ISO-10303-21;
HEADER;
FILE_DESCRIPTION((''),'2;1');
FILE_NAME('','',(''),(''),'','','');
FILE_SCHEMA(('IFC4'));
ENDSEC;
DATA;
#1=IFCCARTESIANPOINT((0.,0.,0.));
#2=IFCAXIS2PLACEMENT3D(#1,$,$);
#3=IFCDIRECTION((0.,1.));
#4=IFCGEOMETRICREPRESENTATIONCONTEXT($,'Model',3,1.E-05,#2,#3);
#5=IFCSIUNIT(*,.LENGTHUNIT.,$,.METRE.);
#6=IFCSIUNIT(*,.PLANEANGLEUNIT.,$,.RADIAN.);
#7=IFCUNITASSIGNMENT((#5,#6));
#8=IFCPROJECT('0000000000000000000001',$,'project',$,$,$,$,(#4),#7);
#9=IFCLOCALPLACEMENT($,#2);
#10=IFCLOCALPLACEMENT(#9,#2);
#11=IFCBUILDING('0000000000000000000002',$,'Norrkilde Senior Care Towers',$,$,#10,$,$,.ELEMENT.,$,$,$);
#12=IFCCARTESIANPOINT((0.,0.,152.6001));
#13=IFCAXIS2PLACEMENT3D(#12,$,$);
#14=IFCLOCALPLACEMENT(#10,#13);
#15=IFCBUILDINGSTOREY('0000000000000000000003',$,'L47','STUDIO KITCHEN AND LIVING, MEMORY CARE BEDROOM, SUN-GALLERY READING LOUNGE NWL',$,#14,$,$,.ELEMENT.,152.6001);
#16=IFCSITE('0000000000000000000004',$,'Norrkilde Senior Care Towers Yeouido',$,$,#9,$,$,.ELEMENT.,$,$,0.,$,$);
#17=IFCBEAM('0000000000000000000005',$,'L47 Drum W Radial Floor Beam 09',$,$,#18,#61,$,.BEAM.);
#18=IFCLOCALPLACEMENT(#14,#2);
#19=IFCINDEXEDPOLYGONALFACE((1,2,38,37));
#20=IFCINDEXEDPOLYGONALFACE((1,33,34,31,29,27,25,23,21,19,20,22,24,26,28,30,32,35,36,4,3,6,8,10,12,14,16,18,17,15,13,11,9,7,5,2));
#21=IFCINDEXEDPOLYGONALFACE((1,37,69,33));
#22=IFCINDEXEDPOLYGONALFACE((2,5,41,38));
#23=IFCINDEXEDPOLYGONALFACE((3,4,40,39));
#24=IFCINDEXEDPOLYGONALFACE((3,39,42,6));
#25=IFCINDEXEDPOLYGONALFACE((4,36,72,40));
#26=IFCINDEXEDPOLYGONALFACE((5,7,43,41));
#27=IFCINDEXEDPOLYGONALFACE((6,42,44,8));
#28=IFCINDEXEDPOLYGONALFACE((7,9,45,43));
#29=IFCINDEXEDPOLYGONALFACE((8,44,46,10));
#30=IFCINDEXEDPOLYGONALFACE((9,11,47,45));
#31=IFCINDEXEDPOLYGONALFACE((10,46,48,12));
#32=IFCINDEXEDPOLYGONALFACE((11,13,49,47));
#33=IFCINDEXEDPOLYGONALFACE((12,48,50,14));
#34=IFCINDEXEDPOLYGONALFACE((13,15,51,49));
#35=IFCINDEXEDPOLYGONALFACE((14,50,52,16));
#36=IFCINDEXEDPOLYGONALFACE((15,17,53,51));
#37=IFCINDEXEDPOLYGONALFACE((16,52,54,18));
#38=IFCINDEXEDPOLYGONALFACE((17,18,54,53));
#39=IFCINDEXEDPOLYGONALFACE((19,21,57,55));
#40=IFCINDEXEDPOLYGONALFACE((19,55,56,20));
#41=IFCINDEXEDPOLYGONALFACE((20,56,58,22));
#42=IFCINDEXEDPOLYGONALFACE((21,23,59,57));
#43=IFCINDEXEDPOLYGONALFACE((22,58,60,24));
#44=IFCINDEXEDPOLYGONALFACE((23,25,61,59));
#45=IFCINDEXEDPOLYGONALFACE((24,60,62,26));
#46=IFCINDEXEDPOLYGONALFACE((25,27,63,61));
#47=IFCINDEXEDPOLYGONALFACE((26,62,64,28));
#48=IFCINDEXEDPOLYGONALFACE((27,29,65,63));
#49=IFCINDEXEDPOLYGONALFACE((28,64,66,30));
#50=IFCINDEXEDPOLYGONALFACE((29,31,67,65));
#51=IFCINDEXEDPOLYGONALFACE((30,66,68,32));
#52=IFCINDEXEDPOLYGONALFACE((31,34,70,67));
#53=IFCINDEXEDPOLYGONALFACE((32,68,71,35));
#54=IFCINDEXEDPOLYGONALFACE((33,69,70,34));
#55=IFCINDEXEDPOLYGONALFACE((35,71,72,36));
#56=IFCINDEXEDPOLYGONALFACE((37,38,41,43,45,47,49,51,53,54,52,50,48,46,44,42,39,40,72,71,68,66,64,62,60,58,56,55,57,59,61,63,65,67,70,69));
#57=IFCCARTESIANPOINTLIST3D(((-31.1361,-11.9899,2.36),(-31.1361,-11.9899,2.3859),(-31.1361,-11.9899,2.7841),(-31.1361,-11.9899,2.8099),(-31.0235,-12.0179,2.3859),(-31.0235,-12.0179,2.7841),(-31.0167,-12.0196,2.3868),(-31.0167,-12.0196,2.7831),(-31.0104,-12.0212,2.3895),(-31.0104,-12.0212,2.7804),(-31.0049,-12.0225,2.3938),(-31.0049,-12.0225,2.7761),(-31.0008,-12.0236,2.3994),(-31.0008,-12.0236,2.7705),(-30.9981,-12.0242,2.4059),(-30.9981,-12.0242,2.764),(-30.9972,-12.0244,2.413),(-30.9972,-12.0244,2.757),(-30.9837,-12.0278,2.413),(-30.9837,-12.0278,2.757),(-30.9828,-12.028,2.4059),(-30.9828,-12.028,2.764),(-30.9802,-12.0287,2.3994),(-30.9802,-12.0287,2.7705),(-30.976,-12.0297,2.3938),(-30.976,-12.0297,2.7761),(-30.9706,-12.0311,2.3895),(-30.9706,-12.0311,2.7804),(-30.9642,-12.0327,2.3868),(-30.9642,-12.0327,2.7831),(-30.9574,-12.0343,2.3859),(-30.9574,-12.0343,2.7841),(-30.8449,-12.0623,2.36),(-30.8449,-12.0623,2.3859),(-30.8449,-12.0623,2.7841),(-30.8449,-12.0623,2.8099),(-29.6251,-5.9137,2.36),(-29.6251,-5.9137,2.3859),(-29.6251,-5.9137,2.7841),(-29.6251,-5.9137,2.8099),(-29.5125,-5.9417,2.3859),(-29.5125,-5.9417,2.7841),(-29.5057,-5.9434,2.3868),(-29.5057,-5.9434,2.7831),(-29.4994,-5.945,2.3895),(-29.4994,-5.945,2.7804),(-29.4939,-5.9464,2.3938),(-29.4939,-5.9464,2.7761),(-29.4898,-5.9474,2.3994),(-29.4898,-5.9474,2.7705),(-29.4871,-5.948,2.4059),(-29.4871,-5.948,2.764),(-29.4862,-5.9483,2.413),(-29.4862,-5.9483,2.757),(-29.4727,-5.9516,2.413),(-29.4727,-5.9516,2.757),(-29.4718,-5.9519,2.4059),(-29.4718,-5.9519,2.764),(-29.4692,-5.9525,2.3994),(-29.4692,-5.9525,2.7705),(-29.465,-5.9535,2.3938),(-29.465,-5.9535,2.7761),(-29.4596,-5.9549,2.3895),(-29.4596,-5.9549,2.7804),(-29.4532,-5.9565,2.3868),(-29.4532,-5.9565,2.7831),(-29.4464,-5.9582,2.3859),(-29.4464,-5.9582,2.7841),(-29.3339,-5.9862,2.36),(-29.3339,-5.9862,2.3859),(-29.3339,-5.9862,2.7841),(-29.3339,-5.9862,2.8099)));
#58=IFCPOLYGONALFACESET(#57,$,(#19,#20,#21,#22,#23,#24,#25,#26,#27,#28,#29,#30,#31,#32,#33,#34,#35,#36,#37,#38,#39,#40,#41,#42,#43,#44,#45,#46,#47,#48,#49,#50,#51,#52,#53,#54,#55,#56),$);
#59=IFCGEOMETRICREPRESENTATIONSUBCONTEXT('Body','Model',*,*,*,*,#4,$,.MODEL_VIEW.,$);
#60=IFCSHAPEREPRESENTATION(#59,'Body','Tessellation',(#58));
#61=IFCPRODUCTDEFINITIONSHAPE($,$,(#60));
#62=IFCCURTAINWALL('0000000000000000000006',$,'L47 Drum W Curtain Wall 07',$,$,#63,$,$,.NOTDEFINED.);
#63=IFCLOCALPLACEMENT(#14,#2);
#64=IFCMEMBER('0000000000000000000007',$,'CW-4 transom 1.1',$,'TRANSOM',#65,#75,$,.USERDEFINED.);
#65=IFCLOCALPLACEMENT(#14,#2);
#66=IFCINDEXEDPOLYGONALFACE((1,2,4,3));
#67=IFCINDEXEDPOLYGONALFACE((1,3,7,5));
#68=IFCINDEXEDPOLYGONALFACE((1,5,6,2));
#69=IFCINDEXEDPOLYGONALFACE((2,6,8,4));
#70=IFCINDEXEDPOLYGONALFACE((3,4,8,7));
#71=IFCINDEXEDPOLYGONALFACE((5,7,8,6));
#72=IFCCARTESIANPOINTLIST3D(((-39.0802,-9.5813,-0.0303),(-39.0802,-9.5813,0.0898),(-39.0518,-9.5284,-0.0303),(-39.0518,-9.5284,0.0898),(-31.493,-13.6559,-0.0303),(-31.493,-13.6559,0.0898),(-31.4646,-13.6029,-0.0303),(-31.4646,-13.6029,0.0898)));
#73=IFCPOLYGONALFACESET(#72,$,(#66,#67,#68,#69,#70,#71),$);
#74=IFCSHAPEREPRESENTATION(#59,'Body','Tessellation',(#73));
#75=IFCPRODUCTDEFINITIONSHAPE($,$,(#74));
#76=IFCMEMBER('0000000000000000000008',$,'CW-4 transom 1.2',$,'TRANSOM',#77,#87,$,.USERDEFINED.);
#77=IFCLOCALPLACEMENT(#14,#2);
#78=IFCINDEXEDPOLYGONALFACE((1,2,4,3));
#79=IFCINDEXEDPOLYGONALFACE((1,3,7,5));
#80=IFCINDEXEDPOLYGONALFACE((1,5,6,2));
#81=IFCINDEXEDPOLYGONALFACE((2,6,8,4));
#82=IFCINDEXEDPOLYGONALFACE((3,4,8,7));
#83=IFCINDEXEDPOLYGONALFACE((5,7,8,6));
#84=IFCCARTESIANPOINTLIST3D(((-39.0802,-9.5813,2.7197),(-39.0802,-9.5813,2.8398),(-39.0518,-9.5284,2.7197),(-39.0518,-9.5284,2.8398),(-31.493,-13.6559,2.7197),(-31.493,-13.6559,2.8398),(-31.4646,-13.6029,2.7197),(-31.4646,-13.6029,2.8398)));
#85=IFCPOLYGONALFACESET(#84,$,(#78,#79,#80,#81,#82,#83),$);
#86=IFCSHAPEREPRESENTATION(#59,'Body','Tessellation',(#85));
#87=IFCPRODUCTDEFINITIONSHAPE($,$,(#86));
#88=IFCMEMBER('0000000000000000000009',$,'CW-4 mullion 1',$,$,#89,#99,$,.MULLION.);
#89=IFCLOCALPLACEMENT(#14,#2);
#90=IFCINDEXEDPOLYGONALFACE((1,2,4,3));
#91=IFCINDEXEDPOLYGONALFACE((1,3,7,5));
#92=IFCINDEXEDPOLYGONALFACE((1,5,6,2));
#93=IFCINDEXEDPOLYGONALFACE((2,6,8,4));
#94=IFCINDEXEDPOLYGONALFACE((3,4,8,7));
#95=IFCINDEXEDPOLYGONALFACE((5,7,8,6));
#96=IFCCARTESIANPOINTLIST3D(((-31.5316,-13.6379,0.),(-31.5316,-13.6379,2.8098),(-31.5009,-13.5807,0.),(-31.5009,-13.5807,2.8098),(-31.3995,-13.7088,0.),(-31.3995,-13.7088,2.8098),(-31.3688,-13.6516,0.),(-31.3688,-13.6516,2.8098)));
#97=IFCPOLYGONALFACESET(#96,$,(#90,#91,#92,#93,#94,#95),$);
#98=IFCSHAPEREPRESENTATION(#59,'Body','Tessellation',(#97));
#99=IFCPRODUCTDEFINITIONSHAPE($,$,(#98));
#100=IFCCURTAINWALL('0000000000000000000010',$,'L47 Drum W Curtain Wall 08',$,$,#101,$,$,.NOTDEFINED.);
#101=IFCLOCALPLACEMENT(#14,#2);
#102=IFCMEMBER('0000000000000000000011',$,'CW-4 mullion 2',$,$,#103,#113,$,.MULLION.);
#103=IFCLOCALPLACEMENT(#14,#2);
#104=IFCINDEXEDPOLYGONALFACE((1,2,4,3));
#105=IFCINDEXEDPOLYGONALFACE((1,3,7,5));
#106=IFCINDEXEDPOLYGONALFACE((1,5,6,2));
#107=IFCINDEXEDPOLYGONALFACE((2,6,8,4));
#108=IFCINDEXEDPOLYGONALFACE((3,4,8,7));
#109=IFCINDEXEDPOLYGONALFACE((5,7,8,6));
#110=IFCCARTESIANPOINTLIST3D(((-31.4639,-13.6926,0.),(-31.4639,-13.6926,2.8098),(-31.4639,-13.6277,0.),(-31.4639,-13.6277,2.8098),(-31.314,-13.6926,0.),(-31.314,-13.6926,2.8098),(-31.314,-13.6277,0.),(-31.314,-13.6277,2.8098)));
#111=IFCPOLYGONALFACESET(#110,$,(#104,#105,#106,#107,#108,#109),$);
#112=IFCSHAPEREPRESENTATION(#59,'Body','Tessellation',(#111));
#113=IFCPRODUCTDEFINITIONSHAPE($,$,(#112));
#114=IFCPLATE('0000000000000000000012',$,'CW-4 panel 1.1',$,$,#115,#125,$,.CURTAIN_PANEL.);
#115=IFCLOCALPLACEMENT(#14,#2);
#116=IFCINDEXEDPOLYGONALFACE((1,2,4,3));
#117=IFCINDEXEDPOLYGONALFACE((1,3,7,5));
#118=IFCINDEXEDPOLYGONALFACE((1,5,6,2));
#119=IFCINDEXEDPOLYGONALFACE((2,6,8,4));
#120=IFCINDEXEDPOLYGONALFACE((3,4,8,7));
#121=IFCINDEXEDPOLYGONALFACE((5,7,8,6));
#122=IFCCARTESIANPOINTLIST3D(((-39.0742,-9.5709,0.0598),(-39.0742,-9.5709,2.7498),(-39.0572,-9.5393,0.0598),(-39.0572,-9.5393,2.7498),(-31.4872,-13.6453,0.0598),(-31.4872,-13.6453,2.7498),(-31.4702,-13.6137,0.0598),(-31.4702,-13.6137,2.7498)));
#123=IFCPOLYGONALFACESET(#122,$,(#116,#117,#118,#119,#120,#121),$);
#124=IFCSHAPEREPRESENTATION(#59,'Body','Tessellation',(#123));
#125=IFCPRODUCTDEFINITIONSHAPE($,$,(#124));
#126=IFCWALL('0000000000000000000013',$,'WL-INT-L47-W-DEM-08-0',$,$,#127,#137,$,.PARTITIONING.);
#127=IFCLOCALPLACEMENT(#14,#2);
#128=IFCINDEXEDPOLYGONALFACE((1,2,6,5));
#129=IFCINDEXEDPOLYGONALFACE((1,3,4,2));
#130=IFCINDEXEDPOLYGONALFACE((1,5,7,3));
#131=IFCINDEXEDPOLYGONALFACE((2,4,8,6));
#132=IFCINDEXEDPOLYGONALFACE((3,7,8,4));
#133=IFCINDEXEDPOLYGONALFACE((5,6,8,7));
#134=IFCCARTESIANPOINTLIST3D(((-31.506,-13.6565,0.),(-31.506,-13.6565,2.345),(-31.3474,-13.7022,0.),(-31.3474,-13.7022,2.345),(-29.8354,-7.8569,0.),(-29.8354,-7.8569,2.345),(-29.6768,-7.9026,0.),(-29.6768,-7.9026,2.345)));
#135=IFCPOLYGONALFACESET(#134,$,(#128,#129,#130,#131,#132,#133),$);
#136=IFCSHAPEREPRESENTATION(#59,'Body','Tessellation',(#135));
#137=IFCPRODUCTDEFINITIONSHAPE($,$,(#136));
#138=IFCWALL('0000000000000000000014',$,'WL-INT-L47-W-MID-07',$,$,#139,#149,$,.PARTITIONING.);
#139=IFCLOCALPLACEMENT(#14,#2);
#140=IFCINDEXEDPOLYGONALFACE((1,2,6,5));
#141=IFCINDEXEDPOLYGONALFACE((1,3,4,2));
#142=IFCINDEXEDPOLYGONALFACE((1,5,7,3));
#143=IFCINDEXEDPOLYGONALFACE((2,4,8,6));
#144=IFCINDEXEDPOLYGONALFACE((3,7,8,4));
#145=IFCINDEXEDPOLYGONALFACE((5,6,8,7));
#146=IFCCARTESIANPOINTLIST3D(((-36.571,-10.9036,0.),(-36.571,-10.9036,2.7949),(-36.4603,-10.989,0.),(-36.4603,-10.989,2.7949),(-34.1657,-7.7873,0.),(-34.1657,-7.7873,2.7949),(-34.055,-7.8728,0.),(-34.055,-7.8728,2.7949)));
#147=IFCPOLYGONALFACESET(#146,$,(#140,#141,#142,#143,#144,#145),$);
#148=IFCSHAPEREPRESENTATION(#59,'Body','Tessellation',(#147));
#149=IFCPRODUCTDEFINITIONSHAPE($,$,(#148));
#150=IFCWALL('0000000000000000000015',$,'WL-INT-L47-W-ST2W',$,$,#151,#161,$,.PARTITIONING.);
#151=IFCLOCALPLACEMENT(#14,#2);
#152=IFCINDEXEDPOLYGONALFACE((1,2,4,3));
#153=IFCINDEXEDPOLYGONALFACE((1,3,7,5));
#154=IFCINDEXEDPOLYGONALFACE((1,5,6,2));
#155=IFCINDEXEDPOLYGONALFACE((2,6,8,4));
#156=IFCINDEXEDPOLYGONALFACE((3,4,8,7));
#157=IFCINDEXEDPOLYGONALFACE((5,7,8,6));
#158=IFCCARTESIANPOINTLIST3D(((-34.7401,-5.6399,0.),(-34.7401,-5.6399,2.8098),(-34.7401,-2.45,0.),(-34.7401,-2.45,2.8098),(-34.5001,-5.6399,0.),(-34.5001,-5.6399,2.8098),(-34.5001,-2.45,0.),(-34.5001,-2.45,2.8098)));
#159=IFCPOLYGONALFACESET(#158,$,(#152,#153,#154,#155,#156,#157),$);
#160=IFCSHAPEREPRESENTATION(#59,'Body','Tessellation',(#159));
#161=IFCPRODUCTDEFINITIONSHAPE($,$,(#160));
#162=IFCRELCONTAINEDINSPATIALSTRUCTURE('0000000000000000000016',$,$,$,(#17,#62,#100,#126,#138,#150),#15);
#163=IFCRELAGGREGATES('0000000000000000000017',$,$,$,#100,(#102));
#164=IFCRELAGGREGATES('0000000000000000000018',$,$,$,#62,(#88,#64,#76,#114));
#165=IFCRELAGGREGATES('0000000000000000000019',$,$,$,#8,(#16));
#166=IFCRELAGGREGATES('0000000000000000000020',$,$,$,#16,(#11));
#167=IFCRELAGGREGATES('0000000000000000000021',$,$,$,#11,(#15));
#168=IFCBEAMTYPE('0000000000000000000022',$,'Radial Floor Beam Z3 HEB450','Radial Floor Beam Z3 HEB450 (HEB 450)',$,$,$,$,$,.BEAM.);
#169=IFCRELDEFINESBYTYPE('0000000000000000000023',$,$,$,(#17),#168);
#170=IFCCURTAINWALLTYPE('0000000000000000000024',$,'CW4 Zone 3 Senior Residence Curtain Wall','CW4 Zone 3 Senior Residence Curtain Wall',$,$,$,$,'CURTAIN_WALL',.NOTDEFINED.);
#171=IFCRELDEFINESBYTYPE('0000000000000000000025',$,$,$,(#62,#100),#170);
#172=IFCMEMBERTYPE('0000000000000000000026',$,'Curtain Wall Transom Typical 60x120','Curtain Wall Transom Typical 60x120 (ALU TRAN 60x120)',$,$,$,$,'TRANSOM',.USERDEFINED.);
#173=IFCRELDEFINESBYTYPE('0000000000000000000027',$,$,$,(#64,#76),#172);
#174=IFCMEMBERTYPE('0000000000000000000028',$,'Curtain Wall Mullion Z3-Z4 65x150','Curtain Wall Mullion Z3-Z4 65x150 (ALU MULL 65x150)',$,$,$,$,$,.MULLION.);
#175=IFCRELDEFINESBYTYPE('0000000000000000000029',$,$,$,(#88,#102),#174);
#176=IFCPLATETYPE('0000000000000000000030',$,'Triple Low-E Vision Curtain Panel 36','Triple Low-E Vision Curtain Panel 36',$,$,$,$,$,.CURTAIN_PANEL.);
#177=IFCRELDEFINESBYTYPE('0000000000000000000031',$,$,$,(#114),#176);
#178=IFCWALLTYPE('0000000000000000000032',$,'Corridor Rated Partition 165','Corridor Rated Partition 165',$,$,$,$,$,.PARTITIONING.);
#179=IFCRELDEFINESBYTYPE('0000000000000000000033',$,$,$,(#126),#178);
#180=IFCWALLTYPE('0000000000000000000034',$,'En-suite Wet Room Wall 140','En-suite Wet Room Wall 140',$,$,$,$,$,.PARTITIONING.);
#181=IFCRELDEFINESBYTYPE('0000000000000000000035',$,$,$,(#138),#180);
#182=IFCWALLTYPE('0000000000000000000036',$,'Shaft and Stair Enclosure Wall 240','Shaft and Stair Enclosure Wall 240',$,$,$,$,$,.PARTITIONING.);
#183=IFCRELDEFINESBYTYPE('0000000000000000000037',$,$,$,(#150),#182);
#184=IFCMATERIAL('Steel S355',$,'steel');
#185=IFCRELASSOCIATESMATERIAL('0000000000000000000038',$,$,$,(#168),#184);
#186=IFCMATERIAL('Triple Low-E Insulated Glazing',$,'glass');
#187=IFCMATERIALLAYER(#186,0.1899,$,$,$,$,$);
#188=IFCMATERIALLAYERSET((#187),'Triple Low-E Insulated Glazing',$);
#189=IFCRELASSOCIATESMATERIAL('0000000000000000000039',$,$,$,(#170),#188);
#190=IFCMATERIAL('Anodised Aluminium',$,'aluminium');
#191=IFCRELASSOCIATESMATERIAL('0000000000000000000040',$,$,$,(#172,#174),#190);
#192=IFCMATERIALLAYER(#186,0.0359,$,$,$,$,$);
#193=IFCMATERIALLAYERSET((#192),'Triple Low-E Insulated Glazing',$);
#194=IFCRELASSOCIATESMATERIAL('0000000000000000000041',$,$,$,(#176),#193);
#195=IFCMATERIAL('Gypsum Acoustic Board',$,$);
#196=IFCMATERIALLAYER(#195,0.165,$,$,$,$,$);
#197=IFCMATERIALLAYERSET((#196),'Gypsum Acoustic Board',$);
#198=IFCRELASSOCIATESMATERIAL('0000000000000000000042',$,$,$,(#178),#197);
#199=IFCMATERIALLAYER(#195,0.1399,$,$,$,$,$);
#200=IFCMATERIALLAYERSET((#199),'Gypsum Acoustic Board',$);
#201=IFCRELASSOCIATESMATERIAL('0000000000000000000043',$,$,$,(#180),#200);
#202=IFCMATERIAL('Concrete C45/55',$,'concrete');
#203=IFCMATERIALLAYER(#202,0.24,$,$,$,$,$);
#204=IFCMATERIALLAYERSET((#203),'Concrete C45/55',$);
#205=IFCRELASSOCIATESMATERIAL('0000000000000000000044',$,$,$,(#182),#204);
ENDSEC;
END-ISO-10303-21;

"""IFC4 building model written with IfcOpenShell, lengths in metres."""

from ifc_helpers import new_model, si_unit, direction, frame, frame_2d, origin, origin_2d, place, context, subcontext, project, spatial, rectangle, i_section, extrude, source, transform, mapped, material, layer, layer_set, material_profile, profile_set, type_object, type_shapes, element, aggregate, save


model = new_model("IFC4")

# Units and contexts
model_context = context("Model", 3, precision=1e-05, world=origin(), true_north=direction((0.0, 1.0)))
body_context = subcontext(model_context, "Body", "Model", "MODEL_VIEW")
ifc_project = project(units=[si_unit("LENGTHUNIT", "METRE"), si_unit("PLANEANGLEUNIT", "RADIAN")], contexts=[model_context])

# Site, building, storey
site_placement = place(None, origin())
site = spatial("IfcSite", under=ifc_project, at=site_placement, Name="Norrkilde Senior Care Towers Yeouido", CompositionType="ELEMENT", RefElevation=0.0)
building_placement = place(site_placement, origin())
building = spatial("IfcBuilding", under=site, at=building_placement, Name="Norrkilde Senior Care Towers", CompositionType="ELEMENT")
storey_placement = place(building_placement, frame((0.0, 0.0, 152.6001)))
storey = spatial("IfcBuildingStorey", under=building, at=storey_placement, Name="L47", Description="STUDIO KITCHEN AND LIVING, MEMORY CARE BEDROOM, SUN-GALLERY READING LOUNGE NWL", CompositionType="ELEMENT", Elevation=152.6001)

# Beam
ifc_material_1 = material(Name="Steel S355", Category="steel")
ifc_material_profile_1 = material_profile(ifc_material_1, i_section(OverallWidth=0.3, OverallDepth=0.45, WebThickness=0.0139, FlangeThickness=0.0259, FilletRadius=0.0271, at=origin_2d()), Name="HEB 450")
ifc_profile_set_1 = profile_set([ifc_material_profile_1], Name="Steel S355")
beam_type_1 = type_object("IfcBeamType", Name="Radial Floor Beam Z3 HEB450", Description="Radial Floor Beam Z3 HEB450 (HEB 450)", PredefinedType="BEAM", material=ifc_profile_set_1)
shared_shape_1 = source(origin(), body_context, "Body", "SweptSolid", [
    extrude(i_section(OverallWidth=0.3, OverallDepth=0.45, WebThickness=0.0139, FlangeThickness=0.0259, FilletRadius=0.0271, at=origin_2d()), origin(), (0.0, 0.0, 1.0), 6.2612),
])
beam_1_placement = place(storey_placement, frame((-29.4795, -5.95, 2.585), z_axis=(-0.241324, -0.970445, 0.0), x_axis=(0.970445, -0.241324, 0.0)))
element("IfcBeam", 1, at=beam_1_placement, inside=storey, type_object=beam_type_1, Name="L47 Drum W Radial Floor Beam 09", PredefinedType="BEAM", context=body_context, shape_type="MappedRepresentation", body=[
    mapped(shared_shape_1, transform((0.0, 0.0, 0.0), x_axis=(1.0, 0.0, 0.0), y_axis=(0.0, 1.0, 0.0), z_axis=(0.0, 0.0, 1.0), scale=1.0)),
])

# Curtain wall, members
ifc_material_2 = material(Name="Triple Low-E Insulated Glazing", Category="glass")
ifc_layer_1 = layer(ifc_material_2, 0.1899)
ifc_layer_set_1 = layer_set([ifc_layer_1], Name="Triple Low-E Insulated Glazing")
curtain_wall_type = type_object("IfcCurtainWallType", Name="CW4 Zone 3 Senior Residence Curtain Wall", Description="CW4 Zone 3 Senior Residence Curtain Wall", ElementType="CURTAIN_WALL", PredefinedType="NOTDEFINED", material=ifc_layer_set_1)
curtain_wall_1_placement = place(storey_placement, origin())
curtain_wall_1 = element("IfcCurtainWall", 2, at=curtain_wall_1_placement, inside=storey, type_object=curtain_wall_type, Name="L47 Drum W Curtain Wall 07", PredefinedType="NOTDEFINED")
ifc_material_3 = material(Name="Anodised Aluminium", Category="aluminium")
ifc_material_profile_2 = material_profile(ifc_material_3, rectangle(XDim=0.0601, YDim=0.1201, at=origin_2d()), Name="ALU TRAN 60x120")
ifc_profile_set_2 = profile_set([ifc_material_profile_2], Name="Anodised Aluminium")
member_type_1 = type_object("IfcMemberType", Name="Curtain Wall Transom Typical 60x120", Description="Curtain Wall Transom Typical 60x120 (ALU TRAN 60x120)", ElementType="TRANSOM", PredefinedType="USERDEFINED", material=ifc_profile_set_2)
shared_shape_2 = source(origin(), body_context, "Body", "SweptSolid", [
    extrude(rectangle(XDim=0.0601, YDim=0.1201, at=origin_2d()), origin(), (0.0, 0.0, 1.0), 8.6121),
])
type_shapes(member_type_1, [shared_shape_2])
member_1_placement = place(storey_placement, frame((-31.4788, -13.6294, 0.0298), z_axis=(-0.881, 0.473116, 0.0), x_axis=(-0.473116, -0.881, 0.0)))
member_1 = element("IfcMember", 3, at=member_1_placement, type_object=member_type_1, Name="CW-4 transom 1.1", ObjectType="TRANSOM", PredefinedType="USERDEFINED", context=body_context, shape_type="MappedRepresentation", body=[
    mapped(shared_shape_2, transform((0.0, 0.0, 0.0), x_axis=(1.0, 0.0, 0.0), y_axis=(0.0, 1.0, 0.0), z_axis=(0.0, 0.0, 1.0), scale=1.0)),
])
member_2_placement = place(storey_placement, frame((-31.4788, -13.6294, 2.7798), z_axis=(-0.881, 0.473116, 0.0), x_axis=(-0.473116, -0.881, 0.0)))
member_2 = element("IfcMember", 4, at=member_2_placement, type_object=member_type_1, Name="CW-4 transom 1.2", ObjectType="TRANSOM", PredefinedType="USERDEFINED", context=body_context, shape_type="MappedRepresentation", body=[
    mapped(shared_shape_2, transform((0.0, 0.0, 0.0), x_axis=(1.0, 0.0, 0.0), y_axis=(0.0, 1.0, 0.0), z_axis=(0.0, 0.0, 1.0), scale=1.0)),
])
ifc_material_profile_3 = material_profile(ifc_material_3, rectangle(XDim=0.0649, YDim=0.1499, at=origin_2d()), Name="ALU MULL 65x150")
ifc_profile_set_3 = profile_set([ifc_material_profile_3], Name="Anodised Aluminium")
member_type_2 = type_object("IfcMemberType", Name="Curtain Wall Mullion Z3-Z4 65x150", Description="Curtain Wall Mullion Z3-Z4 65x150 (ALU MULL 65x150)", PredefinedType="MULLION", material=ifc_profile_set_3)
shared_shape_3 = source(origin(), body_context, "Body", "SweptSolid", [
    extrude(rectangle(XDim=0.0649, YDim=0.1499, at=origin_2d()), origin(), (0.0, 0.0, 1.0), 2.8098),
])
type_shapes(member_type_2, [shared_shape_3])
member_3_placement = place(storey_placement, frame((-31.4502, -13.6448, 0.0), z_axis=(0.0, 0.0, 1.0), x_axis=(-0.473117, -0.881, 0.0)))
member_3 = element("IfcMember", 5, at=member_3_placement, type_object=member_type_2, Name="CW-4 mullion 1", PredefinedType="MULLION", context=body_context, shape_type="MappedRepresentation", body=[
    mapped(shared_shape_3, transform((0.0, 0.0, 0.0), x_axis=(1.0, 0.0, 0.0), y_axis=(0.0, 1.0, 0.0), z_axis=(0.0, 0.0, 1.0), scale=1.0)),
])

# Curtain wall, member
curtain_wall_2_placement = place(storey_placement, origin())
curtain_wall_2 = element("IfcCurtainWall", 6, at=curtain_wall_2_placement, inside=storey, type_object=curtain_wall_type, Name="L47 Drum W Curtain Wall 08", PredefinedType="NOTDEFINED")
member_4_placement = place(storey_placement, frame((-31.3889, -13.6602, 0.0), z_axis=(0.0, 0.0, 1.0), x_axis=(0.0, -1.0, 0.0)))
member_4 = element("IfcMember", 7, at=member_4_placement, type_object=member_type_2, Name="CW-4 mullion 2", PredefinedType="MULLION", context=body_context, shape_type="MappedRepresentation", body=[
    mapped(shared_shape_3, transform((0.0, 0.0, 0.0), x_axis=(1.0, 0.0, 0.0), y_axis=(0.0, 1.0, 0.0), z_axis=(0.0, 0.0, 1.0), scale=1.0)),
])
aggregate(curtain_wall_2, [member_4])

# Plate
ifc_layer_2 = layer(ifc_material_2, 0.0359)
ifc_layer_set_2 = layer_set([ifc_layer_2], Name="Triple Low-E Insulated Glazing")
plate_type = type_object("IfcPlateType", Name="Triple Low-E Vision Curtain Panel 36", Description="Triple Low-E Vision Curtain Panel 36", PredefinedType="CURTAIN_PANEL", material=ifc_layer_set_2)
shared_shape_4 = source(origin(), body_context, "Body", "SweptSolid", [
    extrude(rectangle(XDim=8.6118, YDim=0.0359, at=origin_2d()), origin(), (0.0, 0.0, 1.0), 2.6899),
])
type_shapes(plate_type, [shared_shape_4])
plate_placement = place(storey_placement, frame((-35.2722, -11.5923, 0.0598), z_axis=(0.0, 0.0, 1.0), x_axis=(-0.881, 0.473117, 0.0)))
plate = element("IfcPlate", 8, at=plate_placement, type_object=plate_type, Name="CW-4 panel 1.1", PredefinedType="CURTAIN_PANEL", context=body_context, shape_type="MappedRepresentation", body=[
    mapped(shared_shape_4, transform((0.0, 0.0, 0.0), x_axis=(1.0, 0.0, 0.0), y_axis=(0.0, 1.0, 0.0), z_axis=(0.0, 0.0, 1.0), scale=1.0)),
])
aggregate(curtain_wall_1, [member_3, member_1, member_2, plate])

# Walls
ifc_material_4 = material(Name="Gypsum Acoustic Board")
ifc_layer_3 = layer(ifc_material_4, 0.165)
ifc_layer_set_3 = layer_set([ifc_layer_3], Name="Gypsum Acoustic Board")
wall_type_1 = type_object("IfcWallType", Name="Corridor Rated Partition 165", Description="Corridor Rated Partition 165", PredefinedType="PARTITIONING", material=ifc_layer_set_3)
shared_shape_5 = source(origin(), body_context, "Body", "SweptSolid", [
    extrude(rectangle(XDim=6.0354, YDim=0.165, at=frame_2d((3.0176, 0.0))), origin(), (0.0, 0.0, 1.0), 2.345),
])
type_shapes(wall_type_1, [shared_shape_5])
wall_1_placement = place(storey_placement, frame((-29.7561, -7.8799, 0.0), z_axis=(0.0, 0.0, 1.0), x_axis=(-0.276809, -0.960925, 0.0)))
element("IfcWall", 9, at=wall_1_placement, inside=storey, type_object=wall_type_1, Name="WL-INT-L47-W-DEM-08-0", PredefinedType="PARTITIONING", context=body_context, shape_type="MappedRepresentation", body=[
    mapped(shared_shape_5, transform((0.0, 0.0, 0.0), x_axis=(1.0, 0.0, 0.0), y_axis=(0.0, 1.0, 0.0), z_axis=(0.0, 0.0, 1.0), scale=1.0)),
])
ifc_layer_4 = layer(ifc_material_4, 0.1399)
ifc_layer_set_4 = layer_set([ifc_layer_4], Name="Gypsum Acoustic Board")
wall_type_2 = type_object("IfcWallType", Name="En-suite Wet Room Wall 140", Description="En-suite Wet Room Wall 140", PredefinedType="PARTITIONING", material=ifc_layer_set_4)
shared_shape_6 = source(origin(), body_context, "Body", "SweptSolid", [
    extrude(rectangle(XDim=3.9365, YDim=0.1399, at=frame_2d((1.9683, 0.0))), origin(), (0.0, 0.0, 1.0), 2.7949),
])
type_shapes(wall_type_2, [shared_shape_6])
wall_2_placement = place(storey_placement, frame((-34.1104, -7.8301, 0.0), z_axis=(0.0, 0.0, 1.0), x_axis=(-0.611017, -0.791618, 0.0)))
element("IfcWall", 10, at=wall_2_placement, inside=storey, type_object=wall_type_2, Name="WL-INT-L47-W-MID-07", PredefinedType="PARTITIONING", context=body_context, shape_type="MappedRepresentation", body=[
    mapped(shared_shape_6, transform((0.0, 0.0, 0.0), x_axis=(1.0, 0.0, 0.0), y_axis=(0.0, 1.0, 0.0), z_axis=(0.0, 0.0, 1.0), scale=1.0)),
])

# Shared definitions
ifc_material_5 = material(Name="Concrete C45/55", Category="concrete")
ifc_layer_5 = layer(ifc_material_5, 0.24)
ifc_layer_set_5 = layer_set([ifc_layer_5], Name="Concrete C45/55")
wall_type_3 = type_object("IfcWallType", Name="Shaft and Stair Enclosure Wall 240", Description="Shaft and Stair Enclosure Wall 240", PredefinedType="PARTITIONING", material=ifc_layer_set_5)

# Wall
shared_shape_7 = source(origin(), body_context, "Body", "SweptSolid", [
    extrude(rectangle(XDim=3.1899, YDim=0.24, at=frame_2d((1.595, 0.0))), origin(), (0.0, 0.0, 1.0), 2.8098),
])
wall_3_placement = place(storey_placement, frame((-34.6201, -5.6399, 0.0), z_axis=(0.0, 0.0, 1.0), x_axis=(0.0, 1.0, 0.0)))
element("IfcWall", 11, at=wall_3_placement, inside=storey, type_object=wall_type_3, Name="WL-INT-L47-W-ST2W", PredefinedType="PARTITIONING", context=body_context, shape_type="MappedRepresentation", body=[
    mapped(shared_shape_7, transform((0.0, 0.0, 0.0), x_axis=(1.0, 0.0, 0.0), y_axis=(0.0, 1.0, 0.0), z_axis=(0.0, 0.0, 1.0), scale=1.0)),
])

save(model, "model.ifc")
